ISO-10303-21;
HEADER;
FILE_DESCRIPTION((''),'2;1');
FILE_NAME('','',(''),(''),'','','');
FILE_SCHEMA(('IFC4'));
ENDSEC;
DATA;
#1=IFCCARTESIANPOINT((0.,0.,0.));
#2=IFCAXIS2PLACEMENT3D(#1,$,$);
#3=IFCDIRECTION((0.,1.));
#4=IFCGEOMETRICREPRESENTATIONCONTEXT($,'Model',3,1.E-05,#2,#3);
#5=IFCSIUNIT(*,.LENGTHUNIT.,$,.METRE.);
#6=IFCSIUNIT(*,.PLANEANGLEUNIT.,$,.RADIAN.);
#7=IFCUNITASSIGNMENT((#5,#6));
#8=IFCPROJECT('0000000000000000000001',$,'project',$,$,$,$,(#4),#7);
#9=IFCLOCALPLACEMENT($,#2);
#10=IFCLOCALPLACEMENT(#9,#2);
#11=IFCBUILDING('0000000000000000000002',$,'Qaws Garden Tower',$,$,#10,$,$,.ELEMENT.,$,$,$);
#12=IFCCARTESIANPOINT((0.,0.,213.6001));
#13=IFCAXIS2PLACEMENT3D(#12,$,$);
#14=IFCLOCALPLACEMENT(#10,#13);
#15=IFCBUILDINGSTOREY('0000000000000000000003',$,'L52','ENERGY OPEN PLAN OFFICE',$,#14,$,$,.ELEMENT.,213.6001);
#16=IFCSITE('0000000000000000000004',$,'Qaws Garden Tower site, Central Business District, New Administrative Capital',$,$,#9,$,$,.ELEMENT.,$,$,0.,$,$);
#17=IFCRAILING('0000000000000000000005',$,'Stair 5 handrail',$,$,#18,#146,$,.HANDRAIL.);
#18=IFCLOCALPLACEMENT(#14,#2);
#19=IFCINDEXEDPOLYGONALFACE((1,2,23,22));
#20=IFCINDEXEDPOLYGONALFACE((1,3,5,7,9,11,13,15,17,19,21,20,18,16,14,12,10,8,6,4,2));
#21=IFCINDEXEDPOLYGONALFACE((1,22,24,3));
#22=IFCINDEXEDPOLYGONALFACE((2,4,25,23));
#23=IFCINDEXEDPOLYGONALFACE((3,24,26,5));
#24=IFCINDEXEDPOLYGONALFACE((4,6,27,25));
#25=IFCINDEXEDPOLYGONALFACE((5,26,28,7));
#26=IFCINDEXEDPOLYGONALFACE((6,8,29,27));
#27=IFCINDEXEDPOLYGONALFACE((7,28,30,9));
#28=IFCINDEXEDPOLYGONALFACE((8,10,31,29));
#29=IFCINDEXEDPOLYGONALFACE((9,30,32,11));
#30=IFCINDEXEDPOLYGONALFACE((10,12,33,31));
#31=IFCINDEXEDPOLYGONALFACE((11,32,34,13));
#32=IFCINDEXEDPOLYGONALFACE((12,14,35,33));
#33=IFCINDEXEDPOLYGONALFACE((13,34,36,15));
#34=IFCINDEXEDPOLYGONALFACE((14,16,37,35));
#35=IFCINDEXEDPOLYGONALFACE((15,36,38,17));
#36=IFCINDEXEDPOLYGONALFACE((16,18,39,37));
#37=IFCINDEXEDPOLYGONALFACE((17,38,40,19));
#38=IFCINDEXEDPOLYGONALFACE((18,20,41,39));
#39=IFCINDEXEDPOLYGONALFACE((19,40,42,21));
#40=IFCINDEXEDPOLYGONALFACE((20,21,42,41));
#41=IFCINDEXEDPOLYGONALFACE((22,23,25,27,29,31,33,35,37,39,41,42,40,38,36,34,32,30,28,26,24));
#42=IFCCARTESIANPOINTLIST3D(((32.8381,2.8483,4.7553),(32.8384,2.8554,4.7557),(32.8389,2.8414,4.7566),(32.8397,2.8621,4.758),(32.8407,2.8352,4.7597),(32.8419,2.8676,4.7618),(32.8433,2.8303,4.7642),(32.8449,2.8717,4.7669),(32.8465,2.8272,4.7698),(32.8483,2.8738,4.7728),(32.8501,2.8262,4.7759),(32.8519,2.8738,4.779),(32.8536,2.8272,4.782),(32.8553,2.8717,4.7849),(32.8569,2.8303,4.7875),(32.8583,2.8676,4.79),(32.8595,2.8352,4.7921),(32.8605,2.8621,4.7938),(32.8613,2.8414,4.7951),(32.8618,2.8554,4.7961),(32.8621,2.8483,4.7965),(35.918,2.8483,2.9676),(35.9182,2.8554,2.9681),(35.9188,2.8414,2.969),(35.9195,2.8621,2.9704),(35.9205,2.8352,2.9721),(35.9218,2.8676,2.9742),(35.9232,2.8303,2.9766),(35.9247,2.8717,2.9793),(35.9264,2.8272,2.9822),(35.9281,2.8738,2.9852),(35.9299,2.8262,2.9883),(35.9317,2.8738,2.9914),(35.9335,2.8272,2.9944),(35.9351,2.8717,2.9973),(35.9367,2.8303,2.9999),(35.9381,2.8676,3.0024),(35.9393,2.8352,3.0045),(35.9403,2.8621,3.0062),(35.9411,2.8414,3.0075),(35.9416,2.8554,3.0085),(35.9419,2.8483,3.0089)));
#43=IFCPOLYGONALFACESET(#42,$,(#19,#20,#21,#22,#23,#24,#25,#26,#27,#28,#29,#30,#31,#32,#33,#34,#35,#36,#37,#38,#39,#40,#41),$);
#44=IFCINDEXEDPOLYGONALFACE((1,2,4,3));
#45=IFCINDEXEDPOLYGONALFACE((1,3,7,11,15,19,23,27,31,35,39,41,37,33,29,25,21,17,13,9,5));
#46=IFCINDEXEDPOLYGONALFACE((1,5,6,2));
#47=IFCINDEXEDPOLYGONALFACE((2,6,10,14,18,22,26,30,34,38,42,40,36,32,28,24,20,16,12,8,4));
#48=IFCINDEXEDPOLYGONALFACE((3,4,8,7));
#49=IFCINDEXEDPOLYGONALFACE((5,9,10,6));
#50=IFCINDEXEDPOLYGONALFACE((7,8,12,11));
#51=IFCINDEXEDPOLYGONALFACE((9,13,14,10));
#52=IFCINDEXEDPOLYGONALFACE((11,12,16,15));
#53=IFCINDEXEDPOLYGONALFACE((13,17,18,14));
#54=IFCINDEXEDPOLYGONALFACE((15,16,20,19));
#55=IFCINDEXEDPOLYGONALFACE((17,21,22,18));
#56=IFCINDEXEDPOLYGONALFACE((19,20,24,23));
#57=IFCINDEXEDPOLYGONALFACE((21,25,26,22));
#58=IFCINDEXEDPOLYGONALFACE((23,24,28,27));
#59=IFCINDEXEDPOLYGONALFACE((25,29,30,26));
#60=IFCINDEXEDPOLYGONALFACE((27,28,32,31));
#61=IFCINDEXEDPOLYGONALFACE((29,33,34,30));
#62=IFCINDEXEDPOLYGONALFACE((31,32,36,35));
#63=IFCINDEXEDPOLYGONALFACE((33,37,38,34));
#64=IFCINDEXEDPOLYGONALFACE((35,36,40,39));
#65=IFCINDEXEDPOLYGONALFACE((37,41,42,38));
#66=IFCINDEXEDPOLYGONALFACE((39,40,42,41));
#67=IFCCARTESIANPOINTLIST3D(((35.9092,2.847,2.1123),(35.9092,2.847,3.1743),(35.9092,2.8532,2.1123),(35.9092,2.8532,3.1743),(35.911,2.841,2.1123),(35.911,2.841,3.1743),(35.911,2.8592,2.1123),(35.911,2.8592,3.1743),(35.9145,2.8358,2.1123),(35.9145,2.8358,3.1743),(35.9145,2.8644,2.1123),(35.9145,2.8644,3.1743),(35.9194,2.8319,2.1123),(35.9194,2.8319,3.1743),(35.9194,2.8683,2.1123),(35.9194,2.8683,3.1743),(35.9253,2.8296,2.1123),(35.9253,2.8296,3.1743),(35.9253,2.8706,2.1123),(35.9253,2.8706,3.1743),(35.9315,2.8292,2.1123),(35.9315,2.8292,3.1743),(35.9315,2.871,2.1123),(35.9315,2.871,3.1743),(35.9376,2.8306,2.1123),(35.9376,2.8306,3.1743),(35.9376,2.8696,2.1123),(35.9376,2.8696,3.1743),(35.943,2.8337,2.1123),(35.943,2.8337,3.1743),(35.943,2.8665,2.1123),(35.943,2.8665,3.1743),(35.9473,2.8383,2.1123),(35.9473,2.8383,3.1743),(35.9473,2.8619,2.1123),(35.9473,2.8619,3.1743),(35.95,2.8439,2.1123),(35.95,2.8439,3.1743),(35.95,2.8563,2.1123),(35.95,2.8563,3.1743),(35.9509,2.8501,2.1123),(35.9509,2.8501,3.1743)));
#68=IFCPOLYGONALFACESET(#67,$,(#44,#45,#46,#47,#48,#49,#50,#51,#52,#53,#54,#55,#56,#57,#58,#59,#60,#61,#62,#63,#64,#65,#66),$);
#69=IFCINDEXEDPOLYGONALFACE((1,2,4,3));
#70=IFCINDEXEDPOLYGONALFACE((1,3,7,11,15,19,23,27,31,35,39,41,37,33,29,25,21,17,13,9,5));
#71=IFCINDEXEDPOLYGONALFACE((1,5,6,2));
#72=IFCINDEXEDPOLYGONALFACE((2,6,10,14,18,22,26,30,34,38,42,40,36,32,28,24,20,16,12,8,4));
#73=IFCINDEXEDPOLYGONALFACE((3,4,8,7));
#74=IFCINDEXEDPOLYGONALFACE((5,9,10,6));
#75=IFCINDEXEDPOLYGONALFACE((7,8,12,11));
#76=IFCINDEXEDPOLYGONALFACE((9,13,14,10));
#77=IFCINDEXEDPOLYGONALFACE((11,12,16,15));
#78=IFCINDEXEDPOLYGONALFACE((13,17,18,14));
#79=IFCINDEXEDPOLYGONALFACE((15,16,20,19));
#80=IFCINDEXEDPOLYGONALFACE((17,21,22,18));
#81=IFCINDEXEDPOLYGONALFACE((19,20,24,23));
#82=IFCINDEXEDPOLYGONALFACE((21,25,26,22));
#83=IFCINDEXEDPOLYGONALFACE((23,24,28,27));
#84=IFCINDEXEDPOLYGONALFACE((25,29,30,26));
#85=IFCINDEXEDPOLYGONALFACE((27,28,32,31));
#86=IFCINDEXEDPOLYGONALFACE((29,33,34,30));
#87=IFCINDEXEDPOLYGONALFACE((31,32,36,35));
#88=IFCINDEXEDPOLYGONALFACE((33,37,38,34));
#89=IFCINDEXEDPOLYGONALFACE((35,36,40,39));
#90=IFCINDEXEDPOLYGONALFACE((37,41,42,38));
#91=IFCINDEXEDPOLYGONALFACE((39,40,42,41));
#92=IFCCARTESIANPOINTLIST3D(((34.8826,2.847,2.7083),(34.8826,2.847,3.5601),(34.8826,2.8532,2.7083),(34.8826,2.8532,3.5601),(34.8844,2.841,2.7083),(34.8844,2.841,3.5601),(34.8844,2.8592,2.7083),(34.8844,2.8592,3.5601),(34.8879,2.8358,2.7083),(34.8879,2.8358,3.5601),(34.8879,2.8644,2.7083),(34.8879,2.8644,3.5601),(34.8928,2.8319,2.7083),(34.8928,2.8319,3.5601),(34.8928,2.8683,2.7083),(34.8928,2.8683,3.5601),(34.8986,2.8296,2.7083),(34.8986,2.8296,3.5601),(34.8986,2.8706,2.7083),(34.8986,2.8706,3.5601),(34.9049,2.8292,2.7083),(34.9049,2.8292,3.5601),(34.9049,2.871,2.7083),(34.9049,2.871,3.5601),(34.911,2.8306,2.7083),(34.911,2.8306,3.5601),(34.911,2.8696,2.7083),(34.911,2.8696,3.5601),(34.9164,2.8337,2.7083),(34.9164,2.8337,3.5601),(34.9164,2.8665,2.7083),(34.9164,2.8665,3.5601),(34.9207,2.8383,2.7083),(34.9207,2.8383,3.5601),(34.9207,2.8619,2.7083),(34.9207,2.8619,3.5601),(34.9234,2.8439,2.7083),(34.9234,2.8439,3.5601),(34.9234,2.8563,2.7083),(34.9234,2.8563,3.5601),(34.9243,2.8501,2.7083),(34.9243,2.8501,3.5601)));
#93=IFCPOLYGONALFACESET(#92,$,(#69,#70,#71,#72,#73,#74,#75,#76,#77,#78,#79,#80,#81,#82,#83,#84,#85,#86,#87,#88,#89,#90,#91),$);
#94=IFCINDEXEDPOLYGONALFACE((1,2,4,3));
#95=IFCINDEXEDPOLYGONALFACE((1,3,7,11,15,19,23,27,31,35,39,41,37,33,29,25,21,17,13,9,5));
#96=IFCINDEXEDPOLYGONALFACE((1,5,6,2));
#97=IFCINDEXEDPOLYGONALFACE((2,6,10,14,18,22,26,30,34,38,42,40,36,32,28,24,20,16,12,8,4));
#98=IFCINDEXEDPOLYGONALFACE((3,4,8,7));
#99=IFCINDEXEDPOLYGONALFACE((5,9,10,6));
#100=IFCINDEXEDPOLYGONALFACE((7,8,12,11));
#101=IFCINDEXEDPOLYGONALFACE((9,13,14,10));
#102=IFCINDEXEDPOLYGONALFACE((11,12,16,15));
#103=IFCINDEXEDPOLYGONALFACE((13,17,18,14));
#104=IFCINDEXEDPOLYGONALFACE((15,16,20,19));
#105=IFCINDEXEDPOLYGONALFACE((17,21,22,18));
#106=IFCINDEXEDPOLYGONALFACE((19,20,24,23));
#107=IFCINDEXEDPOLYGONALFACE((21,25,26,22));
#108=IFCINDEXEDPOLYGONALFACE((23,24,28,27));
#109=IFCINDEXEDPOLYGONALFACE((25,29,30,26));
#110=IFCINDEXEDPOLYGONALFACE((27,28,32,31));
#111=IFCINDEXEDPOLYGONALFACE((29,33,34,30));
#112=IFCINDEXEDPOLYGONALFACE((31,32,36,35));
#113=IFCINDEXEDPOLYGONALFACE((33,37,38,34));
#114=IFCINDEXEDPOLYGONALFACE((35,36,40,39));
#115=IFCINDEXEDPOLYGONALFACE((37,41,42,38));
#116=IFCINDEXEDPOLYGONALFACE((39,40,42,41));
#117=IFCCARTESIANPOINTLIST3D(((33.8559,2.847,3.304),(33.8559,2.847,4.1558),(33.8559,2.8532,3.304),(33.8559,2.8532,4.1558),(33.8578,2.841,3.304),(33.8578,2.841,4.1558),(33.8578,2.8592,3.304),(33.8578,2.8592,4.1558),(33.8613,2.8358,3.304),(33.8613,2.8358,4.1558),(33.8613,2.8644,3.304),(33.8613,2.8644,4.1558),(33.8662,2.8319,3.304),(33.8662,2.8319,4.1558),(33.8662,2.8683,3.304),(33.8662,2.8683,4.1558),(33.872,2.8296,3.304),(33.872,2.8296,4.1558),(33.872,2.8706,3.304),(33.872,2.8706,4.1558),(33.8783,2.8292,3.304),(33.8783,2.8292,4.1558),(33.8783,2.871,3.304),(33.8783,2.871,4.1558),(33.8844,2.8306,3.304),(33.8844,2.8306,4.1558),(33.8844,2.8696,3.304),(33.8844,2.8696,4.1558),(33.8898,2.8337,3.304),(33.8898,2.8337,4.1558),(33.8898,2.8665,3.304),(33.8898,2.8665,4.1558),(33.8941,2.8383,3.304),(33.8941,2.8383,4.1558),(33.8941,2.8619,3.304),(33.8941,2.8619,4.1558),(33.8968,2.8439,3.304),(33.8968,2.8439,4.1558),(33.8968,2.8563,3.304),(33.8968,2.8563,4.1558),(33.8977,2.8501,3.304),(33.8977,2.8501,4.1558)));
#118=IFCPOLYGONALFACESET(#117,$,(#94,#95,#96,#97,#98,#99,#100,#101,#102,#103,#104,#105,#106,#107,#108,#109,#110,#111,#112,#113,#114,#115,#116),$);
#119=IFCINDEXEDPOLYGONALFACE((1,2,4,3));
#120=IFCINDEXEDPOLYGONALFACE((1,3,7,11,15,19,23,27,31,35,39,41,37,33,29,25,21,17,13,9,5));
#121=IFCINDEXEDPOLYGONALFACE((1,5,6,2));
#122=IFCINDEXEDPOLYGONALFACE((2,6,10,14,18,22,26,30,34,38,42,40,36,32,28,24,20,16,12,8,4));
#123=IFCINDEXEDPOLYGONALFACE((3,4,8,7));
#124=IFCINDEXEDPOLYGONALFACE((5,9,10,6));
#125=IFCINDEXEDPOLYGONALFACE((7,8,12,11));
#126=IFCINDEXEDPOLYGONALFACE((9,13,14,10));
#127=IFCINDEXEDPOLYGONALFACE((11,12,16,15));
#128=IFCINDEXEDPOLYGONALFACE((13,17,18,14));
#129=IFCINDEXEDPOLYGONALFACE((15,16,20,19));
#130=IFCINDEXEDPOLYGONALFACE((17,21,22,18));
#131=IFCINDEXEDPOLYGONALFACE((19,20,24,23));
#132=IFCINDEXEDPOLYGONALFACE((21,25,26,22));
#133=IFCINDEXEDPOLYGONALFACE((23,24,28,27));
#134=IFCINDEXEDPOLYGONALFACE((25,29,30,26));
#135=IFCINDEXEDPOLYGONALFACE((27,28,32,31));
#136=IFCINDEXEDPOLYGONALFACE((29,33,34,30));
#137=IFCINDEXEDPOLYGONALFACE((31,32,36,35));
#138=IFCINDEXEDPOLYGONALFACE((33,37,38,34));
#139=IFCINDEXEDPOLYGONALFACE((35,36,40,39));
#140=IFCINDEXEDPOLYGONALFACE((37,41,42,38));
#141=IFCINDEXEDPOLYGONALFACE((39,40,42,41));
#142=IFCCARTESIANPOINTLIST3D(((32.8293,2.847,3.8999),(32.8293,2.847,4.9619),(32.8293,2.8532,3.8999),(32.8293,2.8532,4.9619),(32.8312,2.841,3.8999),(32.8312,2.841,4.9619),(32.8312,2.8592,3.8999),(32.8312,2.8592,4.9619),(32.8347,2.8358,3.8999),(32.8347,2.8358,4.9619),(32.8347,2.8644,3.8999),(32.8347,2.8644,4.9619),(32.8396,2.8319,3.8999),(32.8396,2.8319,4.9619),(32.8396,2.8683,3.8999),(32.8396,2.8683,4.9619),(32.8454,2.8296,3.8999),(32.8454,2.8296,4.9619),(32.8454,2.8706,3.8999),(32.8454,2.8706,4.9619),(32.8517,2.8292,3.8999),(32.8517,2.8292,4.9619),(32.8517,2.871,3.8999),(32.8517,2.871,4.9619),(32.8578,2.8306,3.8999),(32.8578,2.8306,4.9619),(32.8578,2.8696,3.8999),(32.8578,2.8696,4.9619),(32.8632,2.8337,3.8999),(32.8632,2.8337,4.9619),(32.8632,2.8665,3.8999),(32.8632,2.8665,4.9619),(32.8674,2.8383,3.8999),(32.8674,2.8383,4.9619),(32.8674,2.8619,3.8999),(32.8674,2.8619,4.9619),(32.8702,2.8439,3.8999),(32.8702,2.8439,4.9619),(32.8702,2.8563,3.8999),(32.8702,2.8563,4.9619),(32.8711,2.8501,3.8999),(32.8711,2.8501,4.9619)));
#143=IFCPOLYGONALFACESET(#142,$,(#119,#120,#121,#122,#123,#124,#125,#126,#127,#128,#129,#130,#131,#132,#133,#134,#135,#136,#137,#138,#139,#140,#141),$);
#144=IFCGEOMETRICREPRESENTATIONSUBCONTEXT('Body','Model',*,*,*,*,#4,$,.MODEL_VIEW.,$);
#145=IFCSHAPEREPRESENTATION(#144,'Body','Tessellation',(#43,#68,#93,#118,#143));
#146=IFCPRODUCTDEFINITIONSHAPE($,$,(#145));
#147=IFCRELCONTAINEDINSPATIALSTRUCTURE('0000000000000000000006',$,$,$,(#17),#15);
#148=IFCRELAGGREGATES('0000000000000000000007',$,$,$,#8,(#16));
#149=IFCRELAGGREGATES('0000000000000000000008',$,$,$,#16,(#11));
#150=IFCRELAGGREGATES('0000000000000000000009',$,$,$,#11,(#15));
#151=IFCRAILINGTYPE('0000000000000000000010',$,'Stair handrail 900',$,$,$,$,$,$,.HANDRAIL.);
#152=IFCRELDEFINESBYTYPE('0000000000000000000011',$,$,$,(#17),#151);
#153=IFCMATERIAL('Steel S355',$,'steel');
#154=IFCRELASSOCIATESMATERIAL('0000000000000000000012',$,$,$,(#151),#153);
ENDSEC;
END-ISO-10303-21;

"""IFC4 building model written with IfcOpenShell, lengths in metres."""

from ifc_helpers import new_model, si_unit, direction, frame, origin, origin_2d, place, context, subcontext, project, spatial, circle, extrude, material, type_object, element, save


model = new_model("IFC4")

# Units and contexts
model_context = context("Model", 3, precision=1e-05, world=origin(), true_north=direction((0.0, 1.0)))
body_context = subcontext(model_context, "Body", "Model", "MODEL_VIEW")
ifc_project = project(units=[si_unit("LENGTHUNIT", "METRE"), si_unit("PLANEANGLEUNIT", "RADIAN")], contexts=[model_context])

# Site, building, storey
site_placement = place(None, origin())
site = spatial("IfcSite", under=ifc_project, at=site_placement, Name="Qaws Garden Tower site, Central Business District, New Administrative Capital", CompositionType="ELEMENT", RefElevation=0.0)
building_placement = place(site_placement, origin())
building = spatial("IfcBuilding", under=site, at=building_placement, Name="Qaws Garden Tower", CompositionType="ELEMENT")
storey_placement = place(building_placement, frame((0.0, 0.0, 213.6001)))
storey = spatial("IfcBuildingStorey", under=building, at=storey_placement, Name="L52", Description="ENERGY OPEN PLAN OFFICE", CompositionType="ELEMENT", Elevation=213.6001)

# Railing
ifc_material_1 = material(Name="Steel S355", Category="steel")
railing_type = type_object("IfcRailingType", Name="Stair handrail 900", PredefinedType="HANDRAIL", material=ifc_material_1)
railing_1_placement = place(storey_placement, frame((35.9299, 2.8501, 2.1123)))
element("IfcRailing", 1, at=railing_1_placement, inside=storey, type_object=railing_type, Name="Stair 5 handrail", PredefinedType="HANDRAIL", context=body_context, shape_type="SweptSolid", body=[
    extrude(circle(Radius=0.0239, at=origin_2d()), frame((0.0, 0.0, 0.876), z_axis=(-0.864873, 0.0, 0.50199), x_axis=(0.0, -1.0, 0.0)), (0.0, 0.0, 1.0), 3.561),
    extrude(circle(Radius=0.021, at=origin_2d()), origin(), (0.0, 0.0, 1.0), 1.062),
    extrude(circle(Radius=0.021, at=origin_2d()), frame((-1.0266, 0.0, 0.5959)), (0.0, 0.0, 1.0), 0.8518),
    extrude(circle(Radius=0.021, at=origin_2d()), frame((-2.0532, 0.0, 1.1917)), (0.0, 0.0, 1.0), 0.8518),
    extrude(circle(Radius=0.021, at=origin_2d()), frame((-3.0798, 0.0, 1.7876)), (0.0, 0.0, 1.0), 1.062),
])

save(model, "model.ifc")
